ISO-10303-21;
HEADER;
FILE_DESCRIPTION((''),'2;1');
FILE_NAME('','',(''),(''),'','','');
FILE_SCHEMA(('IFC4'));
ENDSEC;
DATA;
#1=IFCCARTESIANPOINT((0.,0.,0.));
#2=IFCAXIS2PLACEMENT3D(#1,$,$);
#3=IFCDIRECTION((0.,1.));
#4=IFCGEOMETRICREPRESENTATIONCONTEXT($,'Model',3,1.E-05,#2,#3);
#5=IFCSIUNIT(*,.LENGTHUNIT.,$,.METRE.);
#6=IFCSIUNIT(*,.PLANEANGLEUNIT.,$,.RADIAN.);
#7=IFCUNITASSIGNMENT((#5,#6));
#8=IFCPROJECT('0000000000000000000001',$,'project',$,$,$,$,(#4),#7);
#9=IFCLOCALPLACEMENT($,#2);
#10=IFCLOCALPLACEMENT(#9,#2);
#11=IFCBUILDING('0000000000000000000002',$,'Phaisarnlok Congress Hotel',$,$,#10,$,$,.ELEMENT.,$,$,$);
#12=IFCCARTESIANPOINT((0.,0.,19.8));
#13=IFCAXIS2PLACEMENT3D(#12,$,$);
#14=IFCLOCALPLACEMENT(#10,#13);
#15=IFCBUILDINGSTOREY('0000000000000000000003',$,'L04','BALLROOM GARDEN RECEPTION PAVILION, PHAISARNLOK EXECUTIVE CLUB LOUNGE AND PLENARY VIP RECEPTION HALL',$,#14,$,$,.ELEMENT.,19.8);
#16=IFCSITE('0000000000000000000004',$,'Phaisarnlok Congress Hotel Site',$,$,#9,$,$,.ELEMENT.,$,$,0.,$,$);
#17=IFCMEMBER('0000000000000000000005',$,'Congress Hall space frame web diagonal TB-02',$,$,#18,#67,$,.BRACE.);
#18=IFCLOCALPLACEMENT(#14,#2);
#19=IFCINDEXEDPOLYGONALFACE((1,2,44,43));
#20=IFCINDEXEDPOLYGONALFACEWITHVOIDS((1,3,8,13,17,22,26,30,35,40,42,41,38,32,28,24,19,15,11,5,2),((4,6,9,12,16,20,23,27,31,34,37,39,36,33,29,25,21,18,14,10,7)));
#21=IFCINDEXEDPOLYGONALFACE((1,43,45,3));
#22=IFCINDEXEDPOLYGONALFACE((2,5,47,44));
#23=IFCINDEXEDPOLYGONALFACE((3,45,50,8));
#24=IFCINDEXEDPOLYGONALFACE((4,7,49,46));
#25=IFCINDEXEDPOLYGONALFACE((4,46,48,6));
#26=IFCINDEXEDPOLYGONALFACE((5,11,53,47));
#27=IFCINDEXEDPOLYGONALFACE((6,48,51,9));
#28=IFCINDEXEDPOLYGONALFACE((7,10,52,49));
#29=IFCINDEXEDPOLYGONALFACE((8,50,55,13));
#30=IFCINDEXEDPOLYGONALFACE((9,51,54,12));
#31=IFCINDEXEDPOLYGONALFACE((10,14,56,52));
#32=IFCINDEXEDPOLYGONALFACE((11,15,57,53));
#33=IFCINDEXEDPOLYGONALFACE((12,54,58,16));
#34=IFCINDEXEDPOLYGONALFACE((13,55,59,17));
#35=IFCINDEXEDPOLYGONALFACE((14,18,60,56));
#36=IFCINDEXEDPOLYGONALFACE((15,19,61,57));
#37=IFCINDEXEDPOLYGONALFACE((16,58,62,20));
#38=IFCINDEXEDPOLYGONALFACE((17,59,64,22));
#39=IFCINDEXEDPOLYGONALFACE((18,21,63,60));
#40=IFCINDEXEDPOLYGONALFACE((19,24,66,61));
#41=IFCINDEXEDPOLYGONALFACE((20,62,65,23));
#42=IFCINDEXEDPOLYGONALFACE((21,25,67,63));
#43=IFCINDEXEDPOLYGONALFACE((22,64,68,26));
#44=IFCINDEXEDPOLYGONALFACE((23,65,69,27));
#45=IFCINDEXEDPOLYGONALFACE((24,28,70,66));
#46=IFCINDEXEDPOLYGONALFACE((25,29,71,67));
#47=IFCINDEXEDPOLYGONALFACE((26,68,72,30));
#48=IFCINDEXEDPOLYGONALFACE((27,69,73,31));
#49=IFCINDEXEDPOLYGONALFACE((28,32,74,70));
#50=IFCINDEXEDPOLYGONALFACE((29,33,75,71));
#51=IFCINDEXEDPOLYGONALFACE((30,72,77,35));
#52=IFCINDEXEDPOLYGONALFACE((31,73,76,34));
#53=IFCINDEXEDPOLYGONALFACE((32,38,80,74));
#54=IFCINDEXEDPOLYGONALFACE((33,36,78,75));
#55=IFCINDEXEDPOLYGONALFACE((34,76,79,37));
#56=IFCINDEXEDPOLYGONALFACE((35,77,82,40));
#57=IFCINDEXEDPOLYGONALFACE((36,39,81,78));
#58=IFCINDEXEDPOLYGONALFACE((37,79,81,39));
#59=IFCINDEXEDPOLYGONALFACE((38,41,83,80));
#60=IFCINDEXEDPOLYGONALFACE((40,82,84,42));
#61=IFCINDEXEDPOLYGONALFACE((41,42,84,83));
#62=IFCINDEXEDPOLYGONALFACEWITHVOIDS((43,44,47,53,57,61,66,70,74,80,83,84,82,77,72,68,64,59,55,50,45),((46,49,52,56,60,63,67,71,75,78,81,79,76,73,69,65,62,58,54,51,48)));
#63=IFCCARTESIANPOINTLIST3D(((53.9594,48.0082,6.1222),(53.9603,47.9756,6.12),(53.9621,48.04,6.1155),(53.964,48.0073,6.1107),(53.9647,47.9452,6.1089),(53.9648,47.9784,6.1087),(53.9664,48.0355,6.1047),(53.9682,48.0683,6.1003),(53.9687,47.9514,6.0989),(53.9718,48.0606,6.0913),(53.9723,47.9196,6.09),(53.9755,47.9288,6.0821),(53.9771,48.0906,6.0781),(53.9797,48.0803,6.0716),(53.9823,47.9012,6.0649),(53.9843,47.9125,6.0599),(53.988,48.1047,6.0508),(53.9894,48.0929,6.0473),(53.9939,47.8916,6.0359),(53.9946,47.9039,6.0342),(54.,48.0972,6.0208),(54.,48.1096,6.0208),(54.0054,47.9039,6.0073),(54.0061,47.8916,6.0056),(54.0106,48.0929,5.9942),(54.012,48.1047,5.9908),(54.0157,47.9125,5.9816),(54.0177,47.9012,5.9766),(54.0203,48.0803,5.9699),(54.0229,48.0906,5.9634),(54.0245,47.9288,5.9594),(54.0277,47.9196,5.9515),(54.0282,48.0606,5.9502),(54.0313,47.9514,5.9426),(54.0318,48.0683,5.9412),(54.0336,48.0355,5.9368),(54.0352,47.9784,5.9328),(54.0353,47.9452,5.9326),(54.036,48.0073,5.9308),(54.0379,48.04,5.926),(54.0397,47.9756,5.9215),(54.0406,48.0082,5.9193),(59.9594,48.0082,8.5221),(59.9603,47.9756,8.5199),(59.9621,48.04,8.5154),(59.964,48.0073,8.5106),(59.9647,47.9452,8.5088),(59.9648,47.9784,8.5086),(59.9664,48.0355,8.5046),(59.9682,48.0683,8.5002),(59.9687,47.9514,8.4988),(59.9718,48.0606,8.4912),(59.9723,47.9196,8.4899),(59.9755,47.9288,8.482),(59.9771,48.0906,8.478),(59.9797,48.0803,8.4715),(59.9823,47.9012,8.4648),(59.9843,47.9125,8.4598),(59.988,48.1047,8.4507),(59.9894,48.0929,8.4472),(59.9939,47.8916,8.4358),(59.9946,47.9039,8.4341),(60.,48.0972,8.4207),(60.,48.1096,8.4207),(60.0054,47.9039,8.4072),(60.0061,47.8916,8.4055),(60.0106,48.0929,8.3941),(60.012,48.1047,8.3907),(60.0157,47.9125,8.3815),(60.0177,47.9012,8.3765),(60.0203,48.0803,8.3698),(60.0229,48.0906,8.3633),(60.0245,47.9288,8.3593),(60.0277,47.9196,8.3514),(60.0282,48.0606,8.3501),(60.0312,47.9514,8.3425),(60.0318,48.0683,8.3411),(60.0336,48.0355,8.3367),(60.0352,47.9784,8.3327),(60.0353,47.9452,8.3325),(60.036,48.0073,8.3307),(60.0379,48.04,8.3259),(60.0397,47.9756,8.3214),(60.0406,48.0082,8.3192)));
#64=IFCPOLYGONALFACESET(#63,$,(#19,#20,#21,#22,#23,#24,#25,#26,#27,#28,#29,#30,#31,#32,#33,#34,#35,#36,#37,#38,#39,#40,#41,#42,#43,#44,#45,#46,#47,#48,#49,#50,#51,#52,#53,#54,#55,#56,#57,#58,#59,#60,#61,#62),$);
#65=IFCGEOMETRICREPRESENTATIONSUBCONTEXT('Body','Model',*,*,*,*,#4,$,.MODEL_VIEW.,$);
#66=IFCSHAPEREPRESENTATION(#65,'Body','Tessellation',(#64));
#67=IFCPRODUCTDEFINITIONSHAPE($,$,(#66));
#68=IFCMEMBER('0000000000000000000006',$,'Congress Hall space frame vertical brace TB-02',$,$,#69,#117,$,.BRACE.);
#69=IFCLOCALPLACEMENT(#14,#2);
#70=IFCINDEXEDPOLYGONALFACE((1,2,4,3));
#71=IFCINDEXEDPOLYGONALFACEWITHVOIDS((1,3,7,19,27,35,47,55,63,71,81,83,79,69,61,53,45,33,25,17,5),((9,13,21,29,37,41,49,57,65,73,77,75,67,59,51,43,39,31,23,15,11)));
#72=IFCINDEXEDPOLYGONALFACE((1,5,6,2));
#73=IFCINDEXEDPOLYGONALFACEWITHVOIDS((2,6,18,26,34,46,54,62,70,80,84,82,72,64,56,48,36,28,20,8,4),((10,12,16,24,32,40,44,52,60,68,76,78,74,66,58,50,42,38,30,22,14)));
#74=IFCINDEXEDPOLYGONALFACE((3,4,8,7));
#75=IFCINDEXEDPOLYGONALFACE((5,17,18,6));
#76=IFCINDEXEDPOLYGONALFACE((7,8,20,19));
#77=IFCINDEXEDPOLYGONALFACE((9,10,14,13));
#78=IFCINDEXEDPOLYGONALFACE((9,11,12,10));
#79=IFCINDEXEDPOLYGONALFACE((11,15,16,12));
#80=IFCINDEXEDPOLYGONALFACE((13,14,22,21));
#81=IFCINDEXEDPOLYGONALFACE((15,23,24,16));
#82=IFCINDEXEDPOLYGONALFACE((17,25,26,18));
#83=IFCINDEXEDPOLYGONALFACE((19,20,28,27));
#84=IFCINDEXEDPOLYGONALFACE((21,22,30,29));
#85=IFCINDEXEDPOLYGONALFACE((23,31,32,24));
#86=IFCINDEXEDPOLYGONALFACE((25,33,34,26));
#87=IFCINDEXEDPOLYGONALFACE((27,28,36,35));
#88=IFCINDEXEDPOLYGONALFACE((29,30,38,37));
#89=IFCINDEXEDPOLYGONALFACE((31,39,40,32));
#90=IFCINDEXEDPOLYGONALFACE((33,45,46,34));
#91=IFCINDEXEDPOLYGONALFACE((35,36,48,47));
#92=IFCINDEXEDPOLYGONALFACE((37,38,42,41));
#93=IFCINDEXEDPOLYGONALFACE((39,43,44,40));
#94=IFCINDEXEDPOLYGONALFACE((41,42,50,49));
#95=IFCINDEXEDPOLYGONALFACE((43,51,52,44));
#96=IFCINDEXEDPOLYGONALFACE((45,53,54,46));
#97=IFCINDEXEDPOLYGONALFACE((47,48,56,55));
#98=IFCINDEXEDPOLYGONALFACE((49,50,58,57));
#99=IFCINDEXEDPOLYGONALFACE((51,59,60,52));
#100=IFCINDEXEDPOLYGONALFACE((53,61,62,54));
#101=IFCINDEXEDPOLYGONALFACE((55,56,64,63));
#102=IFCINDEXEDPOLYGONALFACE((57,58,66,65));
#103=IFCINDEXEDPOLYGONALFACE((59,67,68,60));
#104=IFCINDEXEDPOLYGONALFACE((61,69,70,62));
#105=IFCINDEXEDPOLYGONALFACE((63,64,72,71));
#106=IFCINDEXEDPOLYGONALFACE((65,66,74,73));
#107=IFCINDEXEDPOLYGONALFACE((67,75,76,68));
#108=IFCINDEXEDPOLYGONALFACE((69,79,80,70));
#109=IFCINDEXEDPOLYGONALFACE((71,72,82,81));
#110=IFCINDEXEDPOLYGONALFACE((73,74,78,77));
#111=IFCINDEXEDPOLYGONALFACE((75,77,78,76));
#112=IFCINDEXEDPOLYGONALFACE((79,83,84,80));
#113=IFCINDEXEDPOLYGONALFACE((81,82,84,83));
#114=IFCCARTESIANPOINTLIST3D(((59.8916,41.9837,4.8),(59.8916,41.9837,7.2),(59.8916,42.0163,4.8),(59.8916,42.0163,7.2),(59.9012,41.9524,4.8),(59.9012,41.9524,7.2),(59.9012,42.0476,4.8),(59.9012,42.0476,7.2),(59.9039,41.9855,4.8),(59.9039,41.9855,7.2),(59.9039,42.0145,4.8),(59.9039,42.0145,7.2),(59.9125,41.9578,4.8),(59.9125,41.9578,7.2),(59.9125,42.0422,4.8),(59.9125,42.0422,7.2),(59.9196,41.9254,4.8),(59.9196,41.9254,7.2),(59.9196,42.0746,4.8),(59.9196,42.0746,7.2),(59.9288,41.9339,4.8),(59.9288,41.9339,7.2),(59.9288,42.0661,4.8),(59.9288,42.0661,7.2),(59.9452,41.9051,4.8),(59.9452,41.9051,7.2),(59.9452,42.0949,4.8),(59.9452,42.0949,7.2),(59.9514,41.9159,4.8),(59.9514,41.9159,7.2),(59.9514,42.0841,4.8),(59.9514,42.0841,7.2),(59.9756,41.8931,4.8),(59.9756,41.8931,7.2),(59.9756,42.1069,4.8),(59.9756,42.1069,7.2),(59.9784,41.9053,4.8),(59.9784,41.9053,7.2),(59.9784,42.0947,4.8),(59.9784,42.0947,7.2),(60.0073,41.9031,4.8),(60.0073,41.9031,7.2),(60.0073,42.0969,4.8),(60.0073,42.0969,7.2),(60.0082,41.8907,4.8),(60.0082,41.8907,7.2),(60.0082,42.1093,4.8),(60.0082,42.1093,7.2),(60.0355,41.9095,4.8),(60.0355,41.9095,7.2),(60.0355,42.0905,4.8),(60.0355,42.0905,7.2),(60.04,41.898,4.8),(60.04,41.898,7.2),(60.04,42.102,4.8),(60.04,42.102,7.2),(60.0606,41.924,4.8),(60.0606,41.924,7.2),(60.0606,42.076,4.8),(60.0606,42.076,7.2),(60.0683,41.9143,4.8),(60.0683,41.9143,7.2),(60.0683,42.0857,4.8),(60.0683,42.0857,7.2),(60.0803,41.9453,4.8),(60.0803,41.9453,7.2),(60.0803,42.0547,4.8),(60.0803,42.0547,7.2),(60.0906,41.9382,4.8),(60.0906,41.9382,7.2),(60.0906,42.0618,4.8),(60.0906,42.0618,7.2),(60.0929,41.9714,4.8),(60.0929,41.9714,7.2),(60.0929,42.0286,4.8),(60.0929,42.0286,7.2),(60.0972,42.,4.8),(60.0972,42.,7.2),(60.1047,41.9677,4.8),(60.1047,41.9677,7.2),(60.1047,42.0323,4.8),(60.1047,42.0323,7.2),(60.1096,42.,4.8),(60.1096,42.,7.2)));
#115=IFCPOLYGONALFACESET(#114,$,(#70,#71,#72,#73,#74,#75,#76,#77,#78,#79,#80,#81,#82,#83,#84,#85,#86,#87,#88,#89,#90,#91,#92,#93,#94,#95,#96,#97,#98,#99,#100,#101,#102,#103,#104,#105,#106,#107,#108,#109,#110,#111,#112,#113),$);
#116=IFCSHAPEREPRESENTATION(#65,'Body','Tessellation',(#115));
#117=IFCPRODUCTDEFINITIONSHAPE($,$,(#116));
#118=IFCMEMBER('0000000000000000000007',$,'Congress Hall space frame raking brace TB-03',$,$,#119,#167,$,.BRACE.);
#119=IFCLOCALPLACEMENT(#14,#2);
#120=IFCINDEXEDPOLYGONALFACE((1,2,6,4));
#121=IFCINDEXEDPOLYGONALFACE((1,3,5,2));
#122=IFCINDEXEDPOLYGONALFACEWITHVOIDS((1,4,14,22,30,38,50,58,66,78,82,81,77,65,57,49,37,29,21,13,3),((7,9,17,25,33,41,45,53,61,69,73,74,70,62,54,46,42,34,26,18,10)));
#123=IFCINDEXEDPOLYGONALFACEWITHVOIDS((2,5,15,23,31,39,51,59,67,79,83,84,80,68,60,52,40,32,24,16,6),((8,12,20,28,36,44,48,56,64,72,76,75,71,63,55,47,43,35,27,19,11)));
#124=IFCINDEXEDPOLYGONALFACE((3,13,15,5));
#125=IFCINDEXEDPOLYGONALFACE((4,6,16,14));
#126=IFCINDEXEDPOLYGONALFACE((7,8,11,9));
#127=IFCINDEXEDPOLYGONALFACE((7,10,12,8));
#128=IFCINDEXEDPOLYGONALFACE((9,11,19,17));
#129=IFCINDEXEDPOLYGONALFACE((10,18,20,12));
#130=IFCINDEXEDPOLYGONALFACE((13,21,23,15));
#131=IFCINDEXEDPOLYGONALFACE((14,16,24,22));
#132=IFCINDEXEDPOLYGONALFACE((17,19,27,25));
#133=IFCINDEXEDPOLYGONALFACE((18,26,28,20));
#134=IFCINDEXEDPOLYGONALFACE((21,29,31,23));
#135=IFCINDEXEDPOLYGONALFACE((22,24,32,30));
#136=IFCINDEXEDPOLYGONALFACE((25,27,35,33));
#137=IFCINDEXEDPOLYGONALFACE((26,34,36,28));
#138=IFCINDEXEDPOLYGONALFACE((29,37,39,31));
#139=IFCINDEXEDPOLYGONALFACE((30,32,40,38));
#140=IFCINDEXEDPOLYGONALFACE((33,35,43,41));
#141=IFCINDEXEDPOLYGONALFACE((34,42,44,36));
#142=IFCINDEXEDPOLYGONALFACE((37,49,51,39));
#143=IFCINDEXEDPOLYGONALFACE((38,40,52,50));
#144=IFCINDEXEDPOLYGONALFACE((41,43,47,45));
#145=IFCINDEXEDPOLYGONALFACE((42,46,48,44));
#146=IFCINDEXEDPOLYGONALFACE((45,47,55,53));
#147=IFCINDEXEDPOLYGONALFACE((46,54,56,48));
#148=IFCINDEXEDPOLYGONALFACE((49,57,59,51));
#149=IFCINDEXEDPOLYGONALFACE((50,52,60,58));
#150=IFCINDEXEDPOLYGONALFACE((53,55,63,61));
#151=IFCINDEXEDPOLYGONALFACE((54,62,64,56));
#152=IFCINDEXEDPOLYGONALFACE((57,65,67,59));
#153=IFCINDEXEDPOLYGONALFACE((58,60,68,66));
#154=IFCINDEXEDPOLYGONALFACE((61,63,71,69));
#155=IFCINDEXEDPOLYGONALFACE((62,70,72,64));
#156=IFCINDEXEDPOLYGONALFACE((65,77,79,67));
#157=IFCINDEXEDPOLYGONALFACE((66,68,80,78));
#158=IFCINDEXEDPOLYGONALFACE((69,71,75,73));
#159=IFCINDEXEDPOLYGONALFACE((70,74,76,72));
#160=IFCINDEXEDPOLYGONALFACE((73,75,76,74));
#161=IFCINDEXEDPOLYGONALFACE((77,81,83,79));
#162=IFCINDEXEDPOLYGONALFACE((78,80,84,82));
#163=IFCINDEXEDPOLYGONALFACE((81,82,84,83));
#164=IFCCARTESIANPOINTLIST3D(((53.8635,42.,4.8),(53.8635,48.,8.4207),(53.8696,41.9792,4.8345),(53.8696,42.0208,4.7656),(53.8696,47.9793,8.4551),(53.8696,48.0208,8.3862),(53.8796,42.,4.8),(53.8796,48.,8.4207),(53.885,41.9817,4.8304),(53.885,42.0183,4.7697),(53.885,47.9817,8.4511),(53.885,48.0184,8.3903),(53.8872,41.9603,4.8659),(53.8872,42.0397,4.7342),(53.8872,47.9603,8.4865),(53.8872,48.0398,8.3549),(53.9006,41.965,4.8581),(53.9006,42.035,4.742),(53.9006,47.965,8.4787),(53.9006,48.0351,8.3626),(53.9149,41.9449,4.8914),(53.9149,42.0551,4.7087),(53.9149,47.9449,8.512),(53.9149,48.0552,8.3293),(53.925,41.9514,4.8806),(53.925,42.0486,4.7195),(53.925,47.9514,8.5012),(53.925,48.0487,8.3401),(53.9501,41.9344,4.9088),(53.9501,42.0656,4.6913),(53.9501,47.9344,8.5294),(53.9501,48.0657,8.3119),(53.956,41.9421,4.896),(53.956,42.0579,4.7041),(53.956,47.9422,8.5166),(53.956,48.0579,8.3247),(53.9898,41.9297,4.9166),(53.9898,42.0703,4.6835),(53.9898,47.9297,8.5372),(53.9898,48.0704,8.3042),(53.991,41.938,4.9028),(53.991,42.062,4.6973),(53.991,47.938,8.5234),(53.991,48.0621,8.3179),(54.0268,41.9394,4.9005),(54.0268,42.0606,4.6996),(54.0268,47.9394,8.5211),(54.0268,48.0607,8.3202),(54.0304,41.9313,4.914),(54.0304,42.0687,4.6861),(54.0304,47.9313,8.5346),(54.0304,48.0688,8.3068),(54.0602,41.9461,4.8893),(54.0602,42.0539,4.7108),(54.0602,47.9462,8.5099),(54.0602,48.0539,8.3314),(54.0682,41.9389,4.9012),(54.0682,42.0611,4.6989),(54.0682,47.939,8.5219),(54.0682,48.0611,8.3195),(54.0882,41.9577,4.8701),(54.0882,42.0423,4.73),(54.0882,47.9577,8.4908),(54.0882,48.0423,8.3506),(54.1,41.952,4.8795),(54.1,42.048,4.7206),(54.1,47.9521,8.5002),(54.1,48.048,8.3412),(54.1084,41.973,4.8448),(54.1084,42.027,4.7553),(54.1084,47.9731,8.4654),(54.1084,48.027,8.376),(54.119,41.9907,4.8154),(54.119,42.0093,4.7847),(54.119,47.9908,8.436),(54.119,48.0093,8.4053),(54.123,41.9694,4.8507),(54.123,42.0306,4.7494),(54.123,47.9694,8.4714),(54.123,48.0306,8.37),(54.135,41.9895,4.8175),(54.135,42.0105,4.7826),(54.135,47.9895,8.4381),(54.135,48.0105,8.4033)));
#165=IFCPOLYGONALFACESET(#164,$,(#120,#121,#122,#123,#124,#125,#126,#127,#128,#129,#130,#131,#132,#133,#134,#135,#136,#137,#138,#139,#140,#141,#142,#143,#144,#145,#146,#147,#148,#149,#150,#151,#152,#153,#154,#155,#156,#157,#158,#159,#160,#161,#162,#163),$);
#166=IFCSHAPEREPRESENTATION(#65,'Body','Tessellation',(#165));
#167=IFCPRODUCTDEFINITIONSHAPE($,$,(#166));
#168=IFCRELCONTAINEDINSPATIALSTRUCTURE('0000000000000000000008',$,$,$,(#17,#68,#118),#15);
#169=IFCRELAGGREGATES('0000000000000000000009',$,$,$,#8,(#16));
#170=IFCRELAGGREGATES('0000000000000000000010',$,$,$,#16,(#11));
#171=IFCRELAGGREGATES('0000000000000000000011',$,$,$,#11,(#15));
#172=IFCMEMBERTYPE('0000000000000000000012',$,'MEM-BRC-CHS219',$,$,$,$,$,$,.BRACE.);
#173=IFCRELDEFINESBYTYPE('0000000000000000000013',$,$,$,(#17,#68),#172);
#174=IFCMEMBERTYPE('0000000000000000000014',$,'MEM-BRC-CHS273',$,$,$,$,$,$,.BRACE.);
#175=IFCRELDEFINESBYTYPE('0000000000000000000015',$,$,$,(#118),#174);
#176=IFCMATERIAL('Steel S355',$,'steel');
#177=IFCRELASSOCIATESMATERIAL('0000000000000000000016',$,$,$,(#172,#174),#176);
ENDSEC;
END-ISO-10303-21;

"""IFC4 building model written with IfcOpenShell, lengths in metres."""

from ifc_helpers import new_model, si_unit, direction, frame, origin, origin_2d, place, context, subcontext, project, spatial, hollow_circle, extrude, material, material_profile, profile_set, type_object, element, save


model = new_model("IFC4")

# Units and contexts
model_context = context("Model", 3, precision=1e-05, world=origin(), true_north=direction((0.0, 1.0)))
body_context = subcontext(model_context, "Body", "Model", "MODEL_VIEW")
ifc_project = project(units=[si_unit("LENGTHUNIT", "METRE"), si_unit("PLANEANGLEUNIT", "RADIAN")], contexts=[model_context])

# Site, building, storey
site_placement = place(None, origin())
site = spatial("IfcSite", under=ifc_project, at=site_placement, Name="Phaisarnlok Congress Hotel Site", CompositionType="ELEMENT", RefElevation=0.0)
building_placement = place(site_placement, origin())
building = spatial("IfcBuilding", under=site, at=building_placement, Name="Phaisarnlok Congress Hotel", CompositionType="ELEMENT")
storey_placement = place(building_placement, frame((0.0, 0.0, 19.8)))
storey = spatial("IfcBuildingStorey", under=building, at=storey_placement, Name="L04", Description="BALLROOM GARDEN RECEPTION PAVILION, PHAISARNLOK EXECUTIVE CLUB LOUNGE AND PLENARY VIP RECEPTION HALL", CompositionType="ELEMENT", Elevation=19.8)

# Members
ifc_material_1 = material(Name="Steel S355", Category="steel")
ifc_material_profile_1 = material_profile(ifc_material_1, hollow_circle(Radius=0.1096, WallThickness=0.0125, at=origin_2d()), Name="CHS 219.1x12.5")
ifc_profile_set_1 = profile_set([ifc_material_profile_1], Name="Steel S355")
member_type_1 = type_object("IfcMemberType", Name="MEM-BRC-CHS219", PredefinedType="BRACE", material=ifc_profile_set_1)
member_1_placement = place(storey_placement, frame((54.0, 48.0, 6.0208), z_axis=(0.928482, 0.0, 0.371378), x_axis=(0.0, 1.0, 0.0)))
element("IfcMember", 1, at=member_1_placement, inside=storey, type_object=member_type_1, Name="Congress Hall space frame web diagonal TB-02", PredefinedType="BRACE", context=body_context, shape_type="SweptSolid", body=[
    extrude(hollow_circle(Radius=0.1096, WallThickness=0.0125, at=origin_2d()), origin(), (0.0, 0.0, 1.0), 6.4622),
])
member_2_placement = place(storey_placement, frame((60.0, 42.0, 4.8), z_axis=(0.0, 0.0, 1.0), x_axis=(1.0, 0.0, 0.0)))
element("IfcMember", 2, at=member_2_placement, inside=storey, type_object=member_type_1, Name="Congress Hall space frame vertical brace TB-02", PredefinedType="BRACE", context=body_context, shape_type="SweptSolid", body=[
    extrude(hollow_circle(Radius=0.1096, WallThickness=0.0125, at=origin_2d()), origin(), (0.0, 0.0, 1.0), 2.3999),
])
ifc_material_profile_2 = material_profile(ifc_material_1, hollow_circle(Radius=0.1365, WallThickness=0.0161, at=origin_2d()), Name="CHS 273x16")
ifc_profile_set_2 = profile_set([ifc_material_profile_2], Name="Steel S355")
member_type_2 = type_object("IfcMemberType", Name="MEM-BRC-CHS273", PredefinedType="BRACE", material=ifc_profile_set_2)
for number, where, z_axis, x_axis, name in (
    (3, (54.0, 42.0, 4.8), (0.0, 0.856193, 0.516656), (-1.0, 0.0, 0.0), "Congress Hall space frame raking brace TB-03"),
):
    element("IfcMember", number, at=place(storey_placement, frame(where, z_axis=z_axis, x_axis=x_axis)), inside=storey, type_object=member_type_2, Name=name, PredefinedType="BRACE", context=body_context, shape_type="SweptSolid", body=[
        extrude(hollow_circle(Radius=0.1365, WallThickness=0.0161, at=origin_2d()), origin(), (0.0, 0.0, 1.0), 7.0078),
    ])

save(model, "model.ifc")
